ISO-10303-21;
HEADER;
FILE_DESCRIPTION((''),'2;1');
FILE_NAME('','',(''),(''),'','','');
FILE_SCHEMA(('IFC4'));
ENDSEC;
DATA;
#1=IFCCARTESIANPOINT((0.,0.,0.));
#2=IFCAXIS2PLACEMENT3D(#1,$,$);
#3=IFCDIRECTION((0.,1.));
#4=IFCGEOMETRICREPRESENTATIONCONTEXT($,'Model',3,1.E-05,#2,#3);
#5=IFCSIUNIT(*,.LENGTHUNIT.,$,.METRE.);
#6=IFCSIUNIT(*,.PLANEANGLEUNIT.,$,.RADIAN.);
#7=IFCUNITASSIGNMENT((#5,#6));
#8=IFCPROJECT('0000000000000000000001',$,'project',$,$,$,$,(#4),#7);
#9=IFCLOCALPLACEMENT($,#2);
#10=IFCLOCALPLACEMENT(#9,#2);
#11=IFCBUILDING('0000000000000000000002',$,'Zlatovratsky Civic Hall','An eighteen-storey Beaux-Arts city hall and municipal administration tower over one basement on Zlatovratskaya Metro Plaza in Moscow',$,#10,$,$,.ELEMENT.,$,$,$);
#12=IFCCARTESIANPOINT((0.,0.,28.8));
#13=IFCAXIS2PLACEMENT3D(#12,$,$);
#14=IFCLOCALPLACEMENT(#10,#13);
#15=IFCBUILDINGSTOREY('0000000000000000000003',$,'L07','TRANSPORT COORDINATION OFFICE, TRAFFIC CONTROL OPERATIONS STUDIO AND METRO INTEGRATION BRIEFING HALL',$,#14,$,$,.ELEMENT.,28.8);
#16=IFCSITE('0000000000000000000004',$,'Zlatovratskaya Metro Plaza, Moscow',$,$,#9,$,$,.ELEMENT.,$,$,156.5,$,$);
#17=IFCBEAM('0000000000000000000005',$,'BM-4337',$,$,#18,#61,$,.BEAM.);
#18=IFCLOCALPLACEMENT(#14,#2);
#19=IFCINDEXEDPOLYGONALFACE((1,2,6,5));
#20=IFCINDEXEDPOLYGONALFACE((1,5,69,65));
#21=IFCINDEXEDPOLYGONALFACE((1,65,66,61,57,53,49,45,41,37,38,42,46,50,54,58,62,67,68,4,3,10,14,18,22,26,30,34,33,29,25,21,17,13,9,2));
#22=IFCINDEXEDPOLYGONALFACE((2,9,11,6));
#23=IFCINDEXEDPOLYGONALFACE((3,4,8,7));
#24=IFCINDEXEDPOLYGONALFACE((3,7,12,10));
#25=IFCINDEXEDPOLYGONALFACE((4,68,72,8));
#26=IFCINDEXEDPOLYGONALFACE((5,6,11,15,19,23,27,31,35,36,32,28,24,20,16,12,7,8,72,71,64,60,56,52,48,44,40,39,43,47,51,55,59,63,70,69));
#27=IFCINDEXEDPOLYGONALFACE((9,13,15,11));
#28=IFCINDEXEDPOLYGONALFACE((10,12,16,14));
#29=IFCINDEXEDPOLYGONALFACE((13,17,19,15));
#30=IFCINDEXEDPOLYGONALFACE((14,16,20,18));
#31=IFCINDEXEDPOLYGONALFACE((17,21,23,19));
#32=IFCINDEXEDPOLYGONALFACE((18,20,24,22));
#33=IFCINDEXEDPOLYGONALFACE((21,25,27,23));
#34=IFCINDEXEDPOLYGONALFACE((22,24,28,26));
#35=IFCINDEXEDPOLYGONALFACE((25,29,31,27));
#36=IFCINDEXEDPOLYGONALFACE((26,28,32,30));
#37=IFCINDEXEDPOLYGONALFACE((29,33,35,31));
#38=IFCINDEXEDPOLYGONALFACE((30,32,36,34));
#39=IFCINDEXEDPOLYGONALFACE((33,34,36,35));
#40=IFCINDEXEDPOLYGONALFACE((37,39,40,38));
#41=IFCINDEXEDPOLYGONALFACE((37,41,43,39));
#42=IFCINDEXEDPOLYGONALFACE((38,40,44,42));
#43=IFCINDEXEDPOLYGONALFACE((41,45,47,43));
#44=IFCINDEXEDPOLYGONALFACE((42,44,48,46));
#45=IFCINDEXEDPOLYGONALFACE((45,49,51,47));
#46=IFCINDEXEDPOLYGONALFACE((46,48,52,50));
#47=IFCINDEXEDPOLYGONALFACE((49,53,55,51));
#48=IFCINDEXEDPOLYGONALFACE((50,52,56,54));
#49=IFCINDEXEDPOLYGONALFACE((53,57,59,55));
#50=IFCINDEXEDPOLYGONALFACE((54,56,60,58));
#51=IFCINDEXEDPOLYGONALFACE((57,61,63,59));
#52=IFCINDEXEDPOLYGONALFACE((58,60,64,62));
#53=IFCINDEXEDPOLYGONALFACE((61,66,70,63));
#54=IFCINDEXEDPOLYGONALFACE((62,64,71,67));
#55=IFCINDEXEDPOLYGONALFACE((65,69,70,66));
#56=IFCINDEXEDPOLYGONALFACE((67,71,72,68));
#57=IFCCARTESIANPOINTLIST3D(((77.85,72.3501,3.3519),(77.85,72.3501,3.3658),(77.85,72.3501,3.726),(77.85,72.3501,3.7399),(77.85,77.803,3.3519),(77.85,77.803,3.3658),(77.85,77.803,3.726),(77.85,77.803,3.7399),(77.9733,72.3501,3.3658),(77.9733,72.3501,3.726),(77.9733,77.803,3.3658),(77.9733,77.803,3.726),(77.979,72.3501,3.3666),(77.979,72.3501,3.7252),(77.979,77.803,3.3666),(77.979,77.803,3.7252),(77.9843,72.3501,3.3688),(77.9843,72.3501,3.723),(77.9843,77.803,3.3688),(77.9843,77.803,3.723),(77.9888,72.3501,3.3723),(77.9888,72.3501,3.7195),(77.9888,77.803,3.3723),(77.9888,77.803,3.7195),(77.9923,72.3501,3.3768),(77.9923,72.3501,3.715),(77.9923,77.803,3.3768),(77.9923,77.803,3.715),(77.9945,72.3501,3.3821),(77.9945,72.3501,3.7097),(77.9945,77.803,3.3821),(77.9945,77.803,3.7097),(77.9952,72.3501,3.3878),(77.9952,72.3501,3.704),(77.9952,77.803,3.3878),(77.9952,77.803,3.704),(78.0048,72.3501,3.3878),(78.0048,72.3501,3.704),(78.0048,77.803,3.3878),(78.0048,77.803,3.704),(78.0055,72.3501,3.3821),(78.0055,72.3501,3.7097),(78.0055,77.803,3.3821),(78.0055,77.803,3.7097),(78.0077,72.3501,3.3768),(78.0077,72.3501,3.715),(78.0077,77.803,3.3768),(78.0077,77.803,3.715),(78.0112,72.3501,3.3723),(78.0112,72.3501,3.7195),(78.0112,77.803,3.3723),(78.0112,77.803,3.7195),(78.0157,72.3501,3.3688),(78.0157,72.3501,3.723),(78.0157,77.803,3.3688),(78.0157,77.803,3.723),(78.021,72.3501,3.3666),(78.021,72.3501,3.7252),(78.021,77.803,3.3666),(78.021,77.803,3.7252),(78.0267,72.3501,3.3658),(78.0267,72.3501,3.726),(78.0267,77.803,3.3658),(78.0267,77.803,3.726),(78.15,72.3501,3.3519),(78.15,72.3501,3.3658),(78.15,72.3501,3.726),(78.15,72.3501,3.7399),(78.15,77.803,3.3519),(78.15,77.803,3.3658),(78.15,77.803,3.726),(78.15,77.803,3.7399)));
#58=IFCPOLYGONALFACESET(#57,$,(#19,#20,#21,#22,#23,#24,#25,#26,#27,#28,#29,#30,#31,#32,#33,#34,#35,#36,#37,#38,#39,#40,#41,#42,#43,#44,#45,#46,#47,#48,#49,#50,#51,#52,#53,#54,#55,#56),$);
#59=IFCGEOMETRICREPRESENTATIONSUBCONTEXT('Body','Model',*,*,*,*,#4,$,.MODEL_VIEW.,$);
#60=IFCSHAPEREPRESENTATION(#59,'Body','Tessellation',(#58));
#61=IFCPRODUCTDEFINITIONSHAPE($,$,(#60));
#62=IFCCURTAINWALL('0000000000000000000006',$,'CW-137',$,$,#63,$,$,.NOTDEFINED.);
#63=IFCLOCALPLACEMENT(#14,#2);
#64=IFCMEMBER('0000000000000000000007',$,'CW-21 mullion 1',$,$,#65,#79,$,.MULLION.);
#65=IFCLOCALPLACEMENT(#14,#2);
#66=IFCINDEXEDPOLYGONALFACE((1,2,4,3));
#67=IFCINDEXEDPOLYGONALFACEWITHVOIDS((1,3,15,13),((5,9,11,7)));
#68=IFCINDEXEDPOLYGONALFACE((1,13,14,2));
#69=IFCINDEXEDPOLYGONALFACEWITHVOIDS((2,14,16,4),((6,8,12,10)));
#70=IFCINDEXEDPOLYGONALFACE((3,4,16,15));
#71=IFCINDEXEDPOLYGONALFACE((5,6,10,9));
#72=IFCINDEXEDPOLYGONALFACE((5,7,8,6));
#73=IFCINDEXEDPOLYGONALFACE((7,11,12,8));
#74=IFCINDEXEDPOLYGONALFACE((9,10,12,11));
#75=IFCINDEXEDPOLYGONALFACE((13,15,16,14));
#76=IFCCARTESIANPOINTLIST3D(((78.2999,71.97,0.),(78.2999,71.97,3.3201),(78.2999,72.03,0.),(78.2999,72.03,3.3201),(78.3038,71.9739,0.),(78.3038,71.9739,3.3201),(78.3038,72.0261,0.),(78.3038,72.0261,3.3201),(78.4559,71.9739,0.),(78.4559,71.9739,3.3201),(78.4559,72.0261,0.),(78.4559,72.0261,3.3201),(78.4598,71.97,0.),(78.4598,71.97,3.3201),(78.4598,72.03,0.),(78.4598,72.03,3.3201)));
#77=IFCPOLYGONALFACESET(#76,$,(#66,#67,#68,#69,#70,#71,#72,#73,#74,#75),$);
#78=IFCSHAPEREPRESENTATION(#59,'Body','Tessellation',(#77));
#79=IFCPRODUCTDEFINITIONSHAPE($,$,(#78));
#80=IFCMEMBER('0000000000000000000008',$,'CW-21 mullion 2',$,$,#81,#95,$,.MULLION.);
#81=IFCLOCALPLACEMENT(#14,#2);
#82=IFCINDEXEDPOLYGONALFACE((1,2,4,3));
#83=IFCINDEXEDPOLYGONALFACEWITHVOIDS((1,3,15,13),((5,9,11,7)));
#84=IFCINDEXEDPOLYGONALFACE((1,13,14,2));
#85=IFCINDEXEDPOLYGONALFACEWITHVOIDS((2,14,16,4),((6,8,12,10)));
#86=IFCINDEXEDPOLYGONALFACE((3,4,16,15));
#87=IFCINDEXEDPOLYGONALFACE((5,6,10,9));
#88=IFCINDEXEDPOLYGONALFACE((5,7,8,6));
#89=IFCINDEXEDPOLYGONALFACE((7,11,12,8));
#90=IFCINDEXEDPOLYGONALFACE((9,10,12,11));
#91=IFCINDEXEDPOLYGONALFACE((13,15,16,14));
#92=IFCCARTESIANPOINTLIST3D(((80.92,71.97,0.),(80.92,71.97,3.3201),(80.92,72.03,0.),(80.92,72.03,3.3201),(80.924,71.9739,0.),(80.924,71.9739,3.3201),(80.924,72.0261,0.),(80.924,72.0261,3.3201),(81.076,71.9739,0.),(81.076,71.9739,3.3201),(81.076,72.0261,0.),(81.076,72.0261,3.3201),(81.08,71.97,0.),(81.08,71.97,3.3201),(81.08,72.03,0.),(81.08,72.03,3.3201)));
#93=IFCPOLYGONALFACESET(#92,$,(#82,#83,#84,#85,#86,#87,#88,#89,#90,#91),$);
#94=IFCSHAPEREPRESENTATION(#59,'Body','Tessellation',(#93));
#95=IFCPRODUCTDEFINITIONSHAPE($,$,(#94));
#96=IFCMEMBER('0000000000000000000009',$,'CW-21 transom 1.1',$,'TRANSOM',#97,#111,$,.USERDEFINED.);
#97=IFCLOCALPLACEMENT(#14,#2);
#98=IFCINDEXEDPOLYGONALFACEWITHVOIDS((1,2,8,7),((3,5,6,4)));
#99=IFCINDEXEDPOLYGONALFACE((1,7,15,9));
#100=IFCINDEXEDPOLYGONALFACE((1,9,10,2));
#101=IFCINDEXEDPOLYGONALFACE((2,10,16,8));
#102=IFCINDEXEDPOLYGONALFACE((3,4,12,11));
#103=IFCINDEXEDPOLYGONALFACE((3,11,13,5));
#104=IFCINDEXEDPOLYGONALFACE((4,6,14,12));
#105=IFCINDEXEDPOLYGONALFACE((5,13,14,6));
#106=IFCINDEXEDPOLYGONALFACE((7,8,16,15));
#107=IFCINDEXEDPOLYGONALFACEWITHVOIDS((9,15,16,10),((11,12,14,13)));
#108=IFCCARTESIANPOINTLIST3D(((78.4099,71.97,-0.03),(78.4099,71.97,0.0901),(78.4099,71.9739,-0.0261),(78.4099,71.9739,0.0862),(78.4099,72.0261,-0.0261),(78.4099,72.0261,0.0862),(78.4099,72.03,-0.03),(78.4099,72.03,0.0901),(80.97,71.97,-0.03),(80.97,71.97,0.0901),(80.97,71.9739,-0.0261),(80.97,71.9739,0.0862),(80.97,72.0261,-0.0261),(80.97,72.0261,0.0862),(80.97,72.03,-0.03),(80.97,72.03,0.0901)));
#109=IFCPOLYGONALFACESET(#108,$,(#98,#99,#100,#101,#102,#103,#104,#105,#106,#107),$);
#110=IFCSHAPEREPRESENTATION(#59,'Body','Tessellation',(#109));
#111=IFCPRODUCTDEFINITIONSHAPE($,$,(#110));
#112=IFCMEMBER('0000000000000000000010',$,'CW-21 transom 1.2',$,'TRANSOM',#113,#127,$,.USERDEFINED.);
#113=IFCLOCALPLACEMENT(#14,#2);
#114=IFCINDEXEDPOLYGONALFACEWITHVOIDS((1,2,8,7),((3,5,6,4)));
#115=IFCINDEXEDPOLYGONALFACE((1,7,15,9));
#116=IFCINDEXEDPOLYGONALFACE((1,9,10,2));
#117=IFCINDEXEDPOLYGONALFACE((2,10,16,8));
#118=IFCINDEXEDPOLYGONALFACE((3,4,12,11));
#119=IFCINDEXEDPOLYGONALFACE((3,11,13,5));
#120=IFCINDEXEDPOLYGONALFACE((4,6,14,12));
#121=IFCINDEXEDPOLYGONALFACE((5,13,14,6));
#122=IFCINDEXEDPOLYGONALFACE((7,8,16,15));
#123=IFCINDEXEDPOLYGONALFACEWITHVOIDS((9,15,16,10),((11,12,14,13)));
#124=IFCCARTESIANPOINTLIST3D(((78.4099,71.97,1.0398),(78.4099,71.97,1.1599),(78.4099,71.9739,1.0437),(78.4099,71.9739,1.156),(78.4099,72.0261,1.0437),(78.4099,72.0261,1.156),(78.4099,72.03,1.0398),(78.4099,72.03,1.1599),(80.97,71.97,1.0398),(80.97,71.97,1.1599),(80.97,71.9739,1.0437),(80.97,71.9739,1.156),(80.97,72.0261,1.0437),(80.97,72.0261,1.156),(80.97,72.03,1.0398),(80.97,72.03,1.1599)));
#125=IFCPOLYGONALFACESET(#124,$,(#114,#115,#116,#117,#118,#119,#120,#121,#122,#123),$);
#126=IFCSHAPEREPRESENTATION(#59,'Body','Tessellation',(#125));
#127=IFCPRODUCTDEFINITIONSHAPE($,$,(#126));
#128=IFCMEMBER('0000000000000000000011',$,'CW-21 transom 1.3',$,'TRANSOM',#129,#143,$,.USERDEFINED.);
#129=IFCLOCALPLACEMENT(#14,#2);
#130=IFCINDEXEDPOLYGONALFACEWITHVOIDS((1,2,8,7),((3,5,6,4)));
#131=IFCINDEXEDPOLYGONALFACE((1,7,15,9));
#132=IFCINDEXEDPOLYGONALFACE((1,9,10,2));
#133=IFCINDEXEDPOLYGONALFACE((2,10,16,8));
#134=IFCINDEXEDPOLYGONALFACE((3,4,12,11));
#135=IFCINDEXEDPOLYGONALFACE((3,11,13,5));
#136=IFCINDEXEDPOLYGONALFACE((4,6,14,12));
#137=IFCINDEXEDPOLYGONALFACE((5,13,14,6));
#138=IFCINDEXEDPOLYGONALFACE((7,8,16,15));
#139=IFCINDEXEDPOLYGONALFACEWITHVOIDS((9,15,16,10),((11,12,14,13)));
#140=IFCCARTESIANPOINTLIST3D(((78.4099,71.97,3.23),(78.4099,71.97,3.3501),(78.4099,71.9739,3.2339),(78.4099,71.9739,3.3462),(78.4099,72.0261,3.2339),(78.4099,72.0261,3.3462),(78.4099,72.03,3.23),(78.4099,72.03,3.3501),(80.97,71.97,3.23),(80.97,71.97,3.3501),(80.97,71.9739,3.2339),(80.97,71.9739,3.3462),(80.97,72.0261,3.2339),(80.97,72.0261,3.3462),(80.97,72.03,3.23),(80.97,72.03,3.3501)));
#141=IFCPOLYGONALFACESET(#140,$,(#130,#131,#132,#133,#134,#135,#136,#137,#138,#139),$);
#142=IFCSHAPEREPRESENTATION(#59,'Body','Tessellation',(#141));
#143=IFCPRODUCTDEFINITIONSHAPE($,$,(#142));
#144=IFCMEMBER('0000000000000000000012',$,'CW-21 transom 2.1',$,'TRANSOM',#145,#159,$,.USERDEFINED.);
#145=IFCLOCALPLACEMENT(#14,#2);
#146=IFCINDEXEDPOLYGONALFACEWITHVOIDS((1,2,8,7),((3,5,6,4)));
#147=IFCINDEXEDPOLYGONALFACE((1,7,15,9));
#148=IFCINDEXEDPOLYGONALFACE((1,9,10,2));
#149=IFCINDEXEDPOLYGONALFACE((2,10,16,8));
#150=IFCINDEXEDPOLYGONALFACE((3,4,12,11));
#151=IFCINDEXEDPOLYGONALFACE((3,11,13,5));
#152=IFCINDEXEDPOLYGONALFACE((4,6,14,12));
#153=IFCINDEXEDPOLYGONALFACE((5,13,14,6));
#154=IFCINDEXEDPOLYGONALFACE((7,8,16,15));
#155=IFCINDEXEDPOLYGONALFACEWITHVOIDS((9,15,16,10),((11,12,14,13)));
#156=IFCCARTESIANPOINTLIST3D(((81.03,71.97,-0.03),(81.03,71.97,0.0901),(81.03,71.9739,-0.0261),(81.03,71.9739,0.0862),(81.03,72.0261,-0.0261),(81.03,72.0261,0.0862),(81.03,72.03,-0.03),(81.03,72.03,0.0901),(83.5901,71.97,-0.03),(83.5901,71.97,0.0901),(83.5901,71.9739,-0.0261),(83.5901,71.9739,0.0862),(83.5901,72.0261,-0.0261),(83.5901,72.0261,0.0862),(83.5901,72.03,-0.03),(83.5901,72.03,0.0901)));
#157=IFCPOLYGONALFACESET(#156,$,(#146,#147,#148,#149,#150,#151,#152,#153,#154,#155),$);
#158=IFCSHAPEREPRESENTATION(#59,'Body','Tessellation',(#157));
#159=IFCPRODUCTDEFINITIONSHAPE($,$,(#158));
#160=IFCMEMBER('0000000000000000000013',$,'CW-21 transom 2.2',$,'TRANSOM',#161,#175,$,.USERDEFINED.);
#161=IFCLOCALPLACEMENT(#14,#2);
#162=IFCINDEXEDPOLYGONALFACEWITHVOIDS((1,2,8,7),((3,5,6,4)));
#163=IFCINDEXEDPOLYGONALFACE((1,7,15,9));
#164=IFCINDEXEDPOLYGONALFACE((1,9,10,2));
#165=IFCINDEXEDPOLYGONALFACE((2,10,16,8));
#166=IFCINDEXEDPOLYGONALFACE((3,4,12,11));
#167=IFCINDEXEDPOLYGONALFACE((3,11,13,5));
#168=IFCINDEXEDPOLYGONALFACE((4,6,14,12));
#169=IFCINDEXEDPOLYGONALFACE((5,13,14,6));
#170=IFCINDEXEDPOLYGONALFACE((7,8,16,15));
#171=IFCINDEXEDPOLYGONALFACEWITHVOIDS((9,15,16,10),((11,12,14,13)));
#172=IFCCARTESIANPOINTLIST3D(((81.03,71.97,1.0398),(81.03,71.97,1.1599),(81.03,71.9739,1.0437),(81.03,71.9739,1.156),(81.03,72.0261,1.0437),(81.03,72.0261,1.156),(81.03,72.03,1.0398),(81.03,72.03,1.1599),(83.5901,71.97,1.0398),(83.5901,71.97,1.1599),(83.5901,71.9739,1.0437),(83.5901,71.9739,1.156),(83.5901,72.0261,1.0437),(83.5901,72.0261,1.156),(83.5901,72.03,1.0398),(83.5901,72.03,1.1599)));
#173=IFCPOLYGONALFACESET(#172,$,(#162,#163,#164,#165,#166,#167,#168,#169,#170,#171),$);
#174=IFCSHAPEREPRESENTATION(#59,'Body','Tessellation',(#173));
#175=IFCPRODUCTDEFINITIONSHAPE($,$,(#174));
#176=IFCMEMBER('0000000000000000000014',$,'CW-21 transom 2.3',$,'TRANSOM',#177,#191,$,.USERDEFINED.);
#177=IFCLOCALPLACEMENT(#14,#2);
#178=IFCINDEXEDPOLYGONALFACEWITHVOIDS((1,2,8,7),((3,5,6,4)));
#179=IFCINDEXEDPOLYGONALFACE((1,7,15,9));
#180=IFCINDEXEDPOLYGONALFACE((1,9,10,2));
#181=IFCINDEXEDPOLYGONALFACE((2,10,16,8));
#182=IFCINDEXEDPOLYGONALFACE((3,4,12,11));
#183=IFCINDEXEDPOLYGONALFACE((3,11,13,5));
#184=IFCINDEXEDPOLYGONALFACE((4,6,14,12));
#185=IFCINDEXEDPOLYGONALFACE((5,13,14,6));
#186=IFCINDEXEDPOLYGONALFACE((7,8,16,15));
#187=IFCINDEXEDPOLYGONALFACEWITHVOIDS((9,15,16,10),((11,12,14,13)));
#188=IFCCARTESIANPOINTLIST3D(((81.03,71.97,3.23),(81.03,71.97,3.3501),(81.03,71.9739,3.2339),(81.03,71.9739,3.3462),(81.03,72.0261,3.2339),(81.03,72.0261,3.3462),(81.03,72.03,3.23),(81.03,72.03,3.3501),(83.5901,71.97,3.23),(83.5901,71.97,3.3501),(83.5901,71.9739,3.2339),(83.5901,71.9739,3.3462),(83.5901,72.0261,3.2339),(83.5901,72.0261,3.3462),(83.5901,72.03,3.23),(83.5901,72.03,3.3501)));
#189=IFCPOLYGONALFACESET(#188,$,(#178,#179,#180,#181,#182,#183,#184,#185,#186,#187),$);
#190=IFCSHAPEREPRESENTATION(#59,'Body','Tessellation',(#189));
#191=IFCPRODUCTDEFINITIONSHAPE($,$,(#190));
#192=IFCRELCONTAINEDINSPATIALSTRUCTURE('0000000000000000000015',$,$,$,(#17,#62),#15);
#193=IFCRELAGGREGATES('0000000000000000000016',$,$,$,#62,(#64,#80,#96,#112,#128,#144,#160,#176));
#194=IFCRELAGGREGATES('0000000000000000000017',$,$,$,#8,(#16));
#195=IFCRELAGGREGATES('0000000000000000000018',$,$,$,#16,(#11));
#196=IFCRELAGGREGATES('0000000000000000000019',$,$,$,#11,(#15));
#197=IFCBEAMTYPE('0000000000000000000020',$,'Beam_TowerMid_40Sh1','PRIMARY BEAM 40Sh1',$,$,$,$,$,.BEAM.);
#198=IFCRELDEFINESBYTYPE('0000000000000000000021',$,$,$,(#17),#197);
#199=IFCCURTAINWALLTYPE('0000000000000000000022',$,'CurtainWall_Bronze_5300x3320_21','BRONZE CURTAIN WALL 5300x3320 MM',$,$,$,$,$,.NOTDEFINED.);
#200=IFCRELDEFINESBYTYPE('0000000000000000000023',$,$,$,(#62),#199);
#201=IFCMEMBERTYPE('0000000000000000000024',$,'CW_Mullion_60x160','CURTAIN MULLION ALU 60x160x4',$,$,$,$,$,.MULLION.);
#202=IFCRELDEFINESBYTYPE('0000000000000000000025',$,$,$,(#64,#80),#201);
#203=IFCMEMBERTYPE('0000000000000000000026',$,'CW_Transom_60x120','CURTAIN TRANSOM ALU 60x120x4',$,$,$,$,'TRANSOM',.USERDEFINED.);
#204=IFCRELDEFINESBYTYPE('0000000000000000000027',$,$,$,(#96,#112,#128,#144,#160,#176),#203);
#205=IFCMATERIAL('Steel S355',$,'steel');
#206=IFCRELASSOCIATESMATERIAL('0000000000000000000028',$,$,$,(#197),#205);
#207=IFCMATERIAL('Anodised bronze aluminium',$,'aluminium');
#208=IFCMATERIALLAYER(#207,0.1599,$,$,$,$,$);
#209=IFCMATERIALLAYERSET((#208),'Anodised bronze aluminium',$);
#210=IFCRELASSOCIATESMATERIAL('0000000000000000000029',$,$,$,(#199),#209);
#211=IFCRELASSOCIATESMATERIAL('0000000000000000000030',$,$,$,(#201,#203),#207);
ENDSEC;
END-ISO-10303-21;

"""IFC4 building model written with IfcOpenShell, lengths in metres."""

from ifc_helpers import new_model, si_unit, direction, frame, origin, origin_2d, place, context, subcontext, project, spatial, hollow_rectangle, i_section, extrude, material, layer, layer_set, material_profile, profile_set, type_object, element, aggregate, save


model = new_model("IFC4")

# Units and contexts
model_context = context("Model", 3, precision=1e-05, world=origin(), true_north=direction((0.0, 1.0)))
body_context = subcontext(model_context, "Body", "Model", "MODEL_VIEW")
ifc_project = project(units=[si_unit("LENGTHUNIT", "METRE"), si_unit("PLANEANGLEUNIT", "RADIAN")], contexts=[model_context])

# Site, building, storey
site_placement = place(None, origin())
site = spatial("IfcSite", under=ifc_project, at=site_placement, Name="Zlatovratskaya Metro Plaza, Moscow", CompositionType="ELEMENT", RefElevation=156.5)
building_placement = place(site_placement, origin())
building = spatial("IfcBuilding", under=site, at=building_placement, Name="Zlatovratsky Civic Hall", Description="An eighteen-storey Beaux-Arts city hall and municipal administration tower over one basement on Zlatovratskaya Metro Plaza in Moscow", CompositionType="ELEMENT")
storey_placement = place(building_placement, frame((0.0, 0.0, 28.8)))
storey = spatial("IfcBuildingStorey", under=building, at=storey_placement, Name="L07", Description="TRANSPORT COORDINATION OFFICE, TRAFFIC CONTROL OPERATIONS STUDIO AND METRO INTEGRATION BRIEFING HALL", CompositionType="ELEMENT", Elevation=28.8)

# Shared definitions
ifc_material_1 = material(Name="Steel S355", Category="steel")

# Beam
ifc_material_profile_1 = material_profile(ifc_material_1, i_section(OverallWidth=0.3, OverallDepth=0.3879, WebThickness=0.0095, FlangeThickness=0.0139, FilletRadius=0.022, at=origin_2d()), Name="40Sh1")
ifc_profile_set_1 = profile_set([ifc_material_profile_1], Name="Steel S355")
beam_type_1 = type_object("IfcBeamType", Name="Beam_TowerMid_40Sh1", Description="PRIMARY BEAM 40Sh1", PredefinedType="BEAM", material=ifc_profile_set_1)
for number, where, z_axis, x_axis, name in (
    (1, (78.0, 72.3501, 3.5459), (0.0, 1.0, 0.0), (-1.0, 0.0, 0.0), "BM-4337"),
):
    element("IfcBeam", number, at=place(storey_placement, frame(where, z_axis=z_axis, x_axis=x_axis)), inside=storey, type_object=beam_type_1, Name=name, PredefinedType="BEAM", context=body_context, shape_type="SweptSolid", body=[
        extrude(i_section(OverallWidth=0.3, OverallDepth=0.3879, WebThickness=0.0095, FlangeThickness=0.0139, FilletRadius=0.022, at=origin_2d()), origin(), (0.0, 0.0, 1.0), 5.4529),
    ])

# Curtain wall, members
ifc_material_2 = material(Name="Anodised bronze aluminium", Category="aluminium")
ifc_layer_1 = layer(ifc_material_2, 0.1599)
ifc_layer_set_1 = layer_set([ifc_layer_1], Name="Anodised bronze aluminium")
curtain_wall_type = type_object("IfcCurtainWallType", Name="CurtainWall_Bronze_5300x3320_21", Description="BRONZE CURTAIN WALL 5300x3320 MM", PredefinedType="NOTDEFINED", material=ifc_layer_set_1)
curtain_wall_placement = place(storey_placement, origin())
curtain_wall = element("IfcCurtainWall", 2, at=curtain_wall_placement, inside=storey, type_object=curtain_wall_type, Name="CW-137", PredefinedType="NOTDEFINED")
ifc_material_profile_2 = material_profile(ifc_material_2, hollow_rectangle(XDim=0.0601, YDim=0.1599, WallThickness=0.0039, at=origin_2d()), Name="ALU 60x160x4")
ifc_profile_set_2 = profile_set([ifc_material_profile_2], Name="Anodised bronze aluminium")
member_type_1 = type_object("IfcMemberType", Name="CW_Mullion_60x160", Description="CURTAIN MULLION ALU 60x160x4", PredefinedType="MULLION", material=ifc_profile_set_2)
member_1_placement = place(storey_placement, frame((78.3799, 72.0, 0.0), z_axis=(0.0, 0.0, 1.0), x_axis=(0.0, 1.0, 0.0)))
member_1 = element("IfcMember", 3, at=member_1_placement, type_object=member_type_1, Name="CW-21 mullion 1", PredefinedType="MULLION", context=body_context, shape_type="SweptSolid", body=[
    extrude(hollow_rectangle(XDim=0.0601, YDim=0.1599, WallThickness=0.0039, at=origin_2d()), origin(), (0.0, 0.0, 1.0), 3.3201),
])
member_2_placement = place(storey_placement, frame((81.0, 72.0, 0.0), z_axis=(0.0, 0.0, 1.0), x_axis=(0.0, 1.0, 0.0)))
member_2 = element("IfcMember", 4, at=member_2_placement, type_object=member_type_1, Name="CW-21 mullion 2", PredefinedType="MULLION", context=body_context, shape_type="SweptSolid", body=[
    extrude(hollow_rectangle(XDim=0.0601, YDim=0.1599, WallThickness=0.0039, at=origin_2d()), origin(), (0.0, 0.0, 1.0), 3.3201),
])
ifc_material_profile_3 = material_profile(ifc_material_2, hollow_rectangle(XDim=0.0601, YDim=0.1201, WallThickness=0.0039, at=origin_2d()), Name="ALU 60x120x4")
ifc_profile_set_3 = profile_set([ifc_material_profile_3], Name="Anodised bronze aluminium")
member_type_2 = type_object("IfcMemberType", Name="CW_Transom_60x120", Description="CURTAIN TRANSOM ALU 60x120x4", ElementType="TRANSOM", PredefinedType="USERDEFINED", material=ifc_profile_set_3)
member_3_placement = place(storey_placement, frame((78.4099, 72.0, 0.03), z_axis=(1.0, 0.0, 0.0), x_axis=(0.0, 1.0, 0.0)))
member_3 = element("IfcMember", 5, at=member_3_placement, type_object=member_type_2, Name="CW-21 transom 1.1", ObjectType="TRANSOM", PredefinedType="USERDEFINED", context=body_context, shape_type="SweptSolid", body=[
    extrude(hollow_rectangle(XDim=0.0601, YDim=0.1201, WallThickness=0.0039, at=origin_2d()), origin(), (0.0, 0.0, 1.0), 2.5601),
])
member_4_placement = place(storey_placement, frame((78.4099, 72.0, 1.0999), z_axis=(1.0, 0.0, 0.0), x_axis=(0.0, 1.0, 0.0)))
member_4 = element("IfcMember", 6, at=member_4_placement, type_object=member_type_2, Name="CW-21 transom 1.2", ObjectType="TRANSOM", PredefinedType="USERDEFINED", context=body_context, shape_type="SweptSolid", body=[
    extrude(hollow_rectangle(XDim=0.0601, YDim=0.1201, WallThickness=0.0039, at=origin_2d()), origin(), (0.0, 0.0, 1.0), 2.5601),
])
member_5_placement = place(storey_placement, frame((78.4099, 72.0, 3.29), z_axis=(1.0, 0.0, 0.0), x_axis=(0.0, 1.0, 0.0)))
member_5 = element("IfcMember", 7, at=member_5_placement, type_object=member_type_2, Name="CW-21 transom 1.3", ObjectType="TRANSOM", PredefinedType="USERDEFINED", context=body_context, shape_type="SweptSolid", body=[
    extrude(hollow_rectangle(XDim=0.0601, YDim=0.1201, WallThickness=0.0039, at=origin_2d()), origin(), (0.0, 0.0, 1.0), 2.5601),
])
member_6_placement = place(storey_placement, frame((81.03, 72.0, 0.03), z_axis=(1.0, 0.0, 0.0), x_axis=(0.0, 1.0, 0.0)))
member_6 = element("IfcMember", 8, at=member_6_placement, type_object=member_type_2, Name="CW-21 transom 2.1", ObjectType="TRANSOM", PredefinedType="USERDEFINED", context=body_context, shape_type="SweptSolid", body=[
    extrude(hollow_rectangle(XDim=0.0601, YDim=0.1201, WallThickness=0.0039, at=origin_2d()), origin(), (0.0, 0.0, 1.0), 2.5601),
])
member_7_placement = place(storey_placement, frame((81.03, 72.0, 1.0999), z_axis=(1.0, 0.0, 0.0), x_axis=(0.0, 1.0, 0.0)))
member_7 = element("IfcMember", 9, at=member_7_placement, type_object=member_type_2, Name="CW-21 transom 2.2", ObjectType="TRANSOM", PredefinedType="USERDEFINED", context=body_context, shape_type="SweptSolid", body=[
    extrude(hollow_rectangle(XDim=0.0601, YDim=0.1201, WallThickness=0.0039, at=origin_2d()), origin(), (0.0, 0.0, 1.0), 2.5601),
])
member_8_placement = place(storey_placement, frame((81.03, 72.0, 3.29), z_axis=(1.0, 0.0, 0.0), x_axis=(0.0, 1.0, 0.0)))
member_8 = element("IfcMember", 10, at=member_8_placement, type_object=member_type_2, Name="CW-21 transom 2.3", ObjectType="TRANSOM", PredefinedType="USERDEFINED", context=body_context, shape_type="SweptSolid", body=[
    extrude(hollow_rectangle(XDim=0.0601, YDim=0.1201, WallThickness=0.0039, at=origin_2d()), origin(), (0.0, 0.0, 1.0), 2.5601),
])
aggregate(curtain_wall, [member_1, member_2, member_3, member_4, member_5, member_6, member_7, member_8])

save(model, "model.ifc")
